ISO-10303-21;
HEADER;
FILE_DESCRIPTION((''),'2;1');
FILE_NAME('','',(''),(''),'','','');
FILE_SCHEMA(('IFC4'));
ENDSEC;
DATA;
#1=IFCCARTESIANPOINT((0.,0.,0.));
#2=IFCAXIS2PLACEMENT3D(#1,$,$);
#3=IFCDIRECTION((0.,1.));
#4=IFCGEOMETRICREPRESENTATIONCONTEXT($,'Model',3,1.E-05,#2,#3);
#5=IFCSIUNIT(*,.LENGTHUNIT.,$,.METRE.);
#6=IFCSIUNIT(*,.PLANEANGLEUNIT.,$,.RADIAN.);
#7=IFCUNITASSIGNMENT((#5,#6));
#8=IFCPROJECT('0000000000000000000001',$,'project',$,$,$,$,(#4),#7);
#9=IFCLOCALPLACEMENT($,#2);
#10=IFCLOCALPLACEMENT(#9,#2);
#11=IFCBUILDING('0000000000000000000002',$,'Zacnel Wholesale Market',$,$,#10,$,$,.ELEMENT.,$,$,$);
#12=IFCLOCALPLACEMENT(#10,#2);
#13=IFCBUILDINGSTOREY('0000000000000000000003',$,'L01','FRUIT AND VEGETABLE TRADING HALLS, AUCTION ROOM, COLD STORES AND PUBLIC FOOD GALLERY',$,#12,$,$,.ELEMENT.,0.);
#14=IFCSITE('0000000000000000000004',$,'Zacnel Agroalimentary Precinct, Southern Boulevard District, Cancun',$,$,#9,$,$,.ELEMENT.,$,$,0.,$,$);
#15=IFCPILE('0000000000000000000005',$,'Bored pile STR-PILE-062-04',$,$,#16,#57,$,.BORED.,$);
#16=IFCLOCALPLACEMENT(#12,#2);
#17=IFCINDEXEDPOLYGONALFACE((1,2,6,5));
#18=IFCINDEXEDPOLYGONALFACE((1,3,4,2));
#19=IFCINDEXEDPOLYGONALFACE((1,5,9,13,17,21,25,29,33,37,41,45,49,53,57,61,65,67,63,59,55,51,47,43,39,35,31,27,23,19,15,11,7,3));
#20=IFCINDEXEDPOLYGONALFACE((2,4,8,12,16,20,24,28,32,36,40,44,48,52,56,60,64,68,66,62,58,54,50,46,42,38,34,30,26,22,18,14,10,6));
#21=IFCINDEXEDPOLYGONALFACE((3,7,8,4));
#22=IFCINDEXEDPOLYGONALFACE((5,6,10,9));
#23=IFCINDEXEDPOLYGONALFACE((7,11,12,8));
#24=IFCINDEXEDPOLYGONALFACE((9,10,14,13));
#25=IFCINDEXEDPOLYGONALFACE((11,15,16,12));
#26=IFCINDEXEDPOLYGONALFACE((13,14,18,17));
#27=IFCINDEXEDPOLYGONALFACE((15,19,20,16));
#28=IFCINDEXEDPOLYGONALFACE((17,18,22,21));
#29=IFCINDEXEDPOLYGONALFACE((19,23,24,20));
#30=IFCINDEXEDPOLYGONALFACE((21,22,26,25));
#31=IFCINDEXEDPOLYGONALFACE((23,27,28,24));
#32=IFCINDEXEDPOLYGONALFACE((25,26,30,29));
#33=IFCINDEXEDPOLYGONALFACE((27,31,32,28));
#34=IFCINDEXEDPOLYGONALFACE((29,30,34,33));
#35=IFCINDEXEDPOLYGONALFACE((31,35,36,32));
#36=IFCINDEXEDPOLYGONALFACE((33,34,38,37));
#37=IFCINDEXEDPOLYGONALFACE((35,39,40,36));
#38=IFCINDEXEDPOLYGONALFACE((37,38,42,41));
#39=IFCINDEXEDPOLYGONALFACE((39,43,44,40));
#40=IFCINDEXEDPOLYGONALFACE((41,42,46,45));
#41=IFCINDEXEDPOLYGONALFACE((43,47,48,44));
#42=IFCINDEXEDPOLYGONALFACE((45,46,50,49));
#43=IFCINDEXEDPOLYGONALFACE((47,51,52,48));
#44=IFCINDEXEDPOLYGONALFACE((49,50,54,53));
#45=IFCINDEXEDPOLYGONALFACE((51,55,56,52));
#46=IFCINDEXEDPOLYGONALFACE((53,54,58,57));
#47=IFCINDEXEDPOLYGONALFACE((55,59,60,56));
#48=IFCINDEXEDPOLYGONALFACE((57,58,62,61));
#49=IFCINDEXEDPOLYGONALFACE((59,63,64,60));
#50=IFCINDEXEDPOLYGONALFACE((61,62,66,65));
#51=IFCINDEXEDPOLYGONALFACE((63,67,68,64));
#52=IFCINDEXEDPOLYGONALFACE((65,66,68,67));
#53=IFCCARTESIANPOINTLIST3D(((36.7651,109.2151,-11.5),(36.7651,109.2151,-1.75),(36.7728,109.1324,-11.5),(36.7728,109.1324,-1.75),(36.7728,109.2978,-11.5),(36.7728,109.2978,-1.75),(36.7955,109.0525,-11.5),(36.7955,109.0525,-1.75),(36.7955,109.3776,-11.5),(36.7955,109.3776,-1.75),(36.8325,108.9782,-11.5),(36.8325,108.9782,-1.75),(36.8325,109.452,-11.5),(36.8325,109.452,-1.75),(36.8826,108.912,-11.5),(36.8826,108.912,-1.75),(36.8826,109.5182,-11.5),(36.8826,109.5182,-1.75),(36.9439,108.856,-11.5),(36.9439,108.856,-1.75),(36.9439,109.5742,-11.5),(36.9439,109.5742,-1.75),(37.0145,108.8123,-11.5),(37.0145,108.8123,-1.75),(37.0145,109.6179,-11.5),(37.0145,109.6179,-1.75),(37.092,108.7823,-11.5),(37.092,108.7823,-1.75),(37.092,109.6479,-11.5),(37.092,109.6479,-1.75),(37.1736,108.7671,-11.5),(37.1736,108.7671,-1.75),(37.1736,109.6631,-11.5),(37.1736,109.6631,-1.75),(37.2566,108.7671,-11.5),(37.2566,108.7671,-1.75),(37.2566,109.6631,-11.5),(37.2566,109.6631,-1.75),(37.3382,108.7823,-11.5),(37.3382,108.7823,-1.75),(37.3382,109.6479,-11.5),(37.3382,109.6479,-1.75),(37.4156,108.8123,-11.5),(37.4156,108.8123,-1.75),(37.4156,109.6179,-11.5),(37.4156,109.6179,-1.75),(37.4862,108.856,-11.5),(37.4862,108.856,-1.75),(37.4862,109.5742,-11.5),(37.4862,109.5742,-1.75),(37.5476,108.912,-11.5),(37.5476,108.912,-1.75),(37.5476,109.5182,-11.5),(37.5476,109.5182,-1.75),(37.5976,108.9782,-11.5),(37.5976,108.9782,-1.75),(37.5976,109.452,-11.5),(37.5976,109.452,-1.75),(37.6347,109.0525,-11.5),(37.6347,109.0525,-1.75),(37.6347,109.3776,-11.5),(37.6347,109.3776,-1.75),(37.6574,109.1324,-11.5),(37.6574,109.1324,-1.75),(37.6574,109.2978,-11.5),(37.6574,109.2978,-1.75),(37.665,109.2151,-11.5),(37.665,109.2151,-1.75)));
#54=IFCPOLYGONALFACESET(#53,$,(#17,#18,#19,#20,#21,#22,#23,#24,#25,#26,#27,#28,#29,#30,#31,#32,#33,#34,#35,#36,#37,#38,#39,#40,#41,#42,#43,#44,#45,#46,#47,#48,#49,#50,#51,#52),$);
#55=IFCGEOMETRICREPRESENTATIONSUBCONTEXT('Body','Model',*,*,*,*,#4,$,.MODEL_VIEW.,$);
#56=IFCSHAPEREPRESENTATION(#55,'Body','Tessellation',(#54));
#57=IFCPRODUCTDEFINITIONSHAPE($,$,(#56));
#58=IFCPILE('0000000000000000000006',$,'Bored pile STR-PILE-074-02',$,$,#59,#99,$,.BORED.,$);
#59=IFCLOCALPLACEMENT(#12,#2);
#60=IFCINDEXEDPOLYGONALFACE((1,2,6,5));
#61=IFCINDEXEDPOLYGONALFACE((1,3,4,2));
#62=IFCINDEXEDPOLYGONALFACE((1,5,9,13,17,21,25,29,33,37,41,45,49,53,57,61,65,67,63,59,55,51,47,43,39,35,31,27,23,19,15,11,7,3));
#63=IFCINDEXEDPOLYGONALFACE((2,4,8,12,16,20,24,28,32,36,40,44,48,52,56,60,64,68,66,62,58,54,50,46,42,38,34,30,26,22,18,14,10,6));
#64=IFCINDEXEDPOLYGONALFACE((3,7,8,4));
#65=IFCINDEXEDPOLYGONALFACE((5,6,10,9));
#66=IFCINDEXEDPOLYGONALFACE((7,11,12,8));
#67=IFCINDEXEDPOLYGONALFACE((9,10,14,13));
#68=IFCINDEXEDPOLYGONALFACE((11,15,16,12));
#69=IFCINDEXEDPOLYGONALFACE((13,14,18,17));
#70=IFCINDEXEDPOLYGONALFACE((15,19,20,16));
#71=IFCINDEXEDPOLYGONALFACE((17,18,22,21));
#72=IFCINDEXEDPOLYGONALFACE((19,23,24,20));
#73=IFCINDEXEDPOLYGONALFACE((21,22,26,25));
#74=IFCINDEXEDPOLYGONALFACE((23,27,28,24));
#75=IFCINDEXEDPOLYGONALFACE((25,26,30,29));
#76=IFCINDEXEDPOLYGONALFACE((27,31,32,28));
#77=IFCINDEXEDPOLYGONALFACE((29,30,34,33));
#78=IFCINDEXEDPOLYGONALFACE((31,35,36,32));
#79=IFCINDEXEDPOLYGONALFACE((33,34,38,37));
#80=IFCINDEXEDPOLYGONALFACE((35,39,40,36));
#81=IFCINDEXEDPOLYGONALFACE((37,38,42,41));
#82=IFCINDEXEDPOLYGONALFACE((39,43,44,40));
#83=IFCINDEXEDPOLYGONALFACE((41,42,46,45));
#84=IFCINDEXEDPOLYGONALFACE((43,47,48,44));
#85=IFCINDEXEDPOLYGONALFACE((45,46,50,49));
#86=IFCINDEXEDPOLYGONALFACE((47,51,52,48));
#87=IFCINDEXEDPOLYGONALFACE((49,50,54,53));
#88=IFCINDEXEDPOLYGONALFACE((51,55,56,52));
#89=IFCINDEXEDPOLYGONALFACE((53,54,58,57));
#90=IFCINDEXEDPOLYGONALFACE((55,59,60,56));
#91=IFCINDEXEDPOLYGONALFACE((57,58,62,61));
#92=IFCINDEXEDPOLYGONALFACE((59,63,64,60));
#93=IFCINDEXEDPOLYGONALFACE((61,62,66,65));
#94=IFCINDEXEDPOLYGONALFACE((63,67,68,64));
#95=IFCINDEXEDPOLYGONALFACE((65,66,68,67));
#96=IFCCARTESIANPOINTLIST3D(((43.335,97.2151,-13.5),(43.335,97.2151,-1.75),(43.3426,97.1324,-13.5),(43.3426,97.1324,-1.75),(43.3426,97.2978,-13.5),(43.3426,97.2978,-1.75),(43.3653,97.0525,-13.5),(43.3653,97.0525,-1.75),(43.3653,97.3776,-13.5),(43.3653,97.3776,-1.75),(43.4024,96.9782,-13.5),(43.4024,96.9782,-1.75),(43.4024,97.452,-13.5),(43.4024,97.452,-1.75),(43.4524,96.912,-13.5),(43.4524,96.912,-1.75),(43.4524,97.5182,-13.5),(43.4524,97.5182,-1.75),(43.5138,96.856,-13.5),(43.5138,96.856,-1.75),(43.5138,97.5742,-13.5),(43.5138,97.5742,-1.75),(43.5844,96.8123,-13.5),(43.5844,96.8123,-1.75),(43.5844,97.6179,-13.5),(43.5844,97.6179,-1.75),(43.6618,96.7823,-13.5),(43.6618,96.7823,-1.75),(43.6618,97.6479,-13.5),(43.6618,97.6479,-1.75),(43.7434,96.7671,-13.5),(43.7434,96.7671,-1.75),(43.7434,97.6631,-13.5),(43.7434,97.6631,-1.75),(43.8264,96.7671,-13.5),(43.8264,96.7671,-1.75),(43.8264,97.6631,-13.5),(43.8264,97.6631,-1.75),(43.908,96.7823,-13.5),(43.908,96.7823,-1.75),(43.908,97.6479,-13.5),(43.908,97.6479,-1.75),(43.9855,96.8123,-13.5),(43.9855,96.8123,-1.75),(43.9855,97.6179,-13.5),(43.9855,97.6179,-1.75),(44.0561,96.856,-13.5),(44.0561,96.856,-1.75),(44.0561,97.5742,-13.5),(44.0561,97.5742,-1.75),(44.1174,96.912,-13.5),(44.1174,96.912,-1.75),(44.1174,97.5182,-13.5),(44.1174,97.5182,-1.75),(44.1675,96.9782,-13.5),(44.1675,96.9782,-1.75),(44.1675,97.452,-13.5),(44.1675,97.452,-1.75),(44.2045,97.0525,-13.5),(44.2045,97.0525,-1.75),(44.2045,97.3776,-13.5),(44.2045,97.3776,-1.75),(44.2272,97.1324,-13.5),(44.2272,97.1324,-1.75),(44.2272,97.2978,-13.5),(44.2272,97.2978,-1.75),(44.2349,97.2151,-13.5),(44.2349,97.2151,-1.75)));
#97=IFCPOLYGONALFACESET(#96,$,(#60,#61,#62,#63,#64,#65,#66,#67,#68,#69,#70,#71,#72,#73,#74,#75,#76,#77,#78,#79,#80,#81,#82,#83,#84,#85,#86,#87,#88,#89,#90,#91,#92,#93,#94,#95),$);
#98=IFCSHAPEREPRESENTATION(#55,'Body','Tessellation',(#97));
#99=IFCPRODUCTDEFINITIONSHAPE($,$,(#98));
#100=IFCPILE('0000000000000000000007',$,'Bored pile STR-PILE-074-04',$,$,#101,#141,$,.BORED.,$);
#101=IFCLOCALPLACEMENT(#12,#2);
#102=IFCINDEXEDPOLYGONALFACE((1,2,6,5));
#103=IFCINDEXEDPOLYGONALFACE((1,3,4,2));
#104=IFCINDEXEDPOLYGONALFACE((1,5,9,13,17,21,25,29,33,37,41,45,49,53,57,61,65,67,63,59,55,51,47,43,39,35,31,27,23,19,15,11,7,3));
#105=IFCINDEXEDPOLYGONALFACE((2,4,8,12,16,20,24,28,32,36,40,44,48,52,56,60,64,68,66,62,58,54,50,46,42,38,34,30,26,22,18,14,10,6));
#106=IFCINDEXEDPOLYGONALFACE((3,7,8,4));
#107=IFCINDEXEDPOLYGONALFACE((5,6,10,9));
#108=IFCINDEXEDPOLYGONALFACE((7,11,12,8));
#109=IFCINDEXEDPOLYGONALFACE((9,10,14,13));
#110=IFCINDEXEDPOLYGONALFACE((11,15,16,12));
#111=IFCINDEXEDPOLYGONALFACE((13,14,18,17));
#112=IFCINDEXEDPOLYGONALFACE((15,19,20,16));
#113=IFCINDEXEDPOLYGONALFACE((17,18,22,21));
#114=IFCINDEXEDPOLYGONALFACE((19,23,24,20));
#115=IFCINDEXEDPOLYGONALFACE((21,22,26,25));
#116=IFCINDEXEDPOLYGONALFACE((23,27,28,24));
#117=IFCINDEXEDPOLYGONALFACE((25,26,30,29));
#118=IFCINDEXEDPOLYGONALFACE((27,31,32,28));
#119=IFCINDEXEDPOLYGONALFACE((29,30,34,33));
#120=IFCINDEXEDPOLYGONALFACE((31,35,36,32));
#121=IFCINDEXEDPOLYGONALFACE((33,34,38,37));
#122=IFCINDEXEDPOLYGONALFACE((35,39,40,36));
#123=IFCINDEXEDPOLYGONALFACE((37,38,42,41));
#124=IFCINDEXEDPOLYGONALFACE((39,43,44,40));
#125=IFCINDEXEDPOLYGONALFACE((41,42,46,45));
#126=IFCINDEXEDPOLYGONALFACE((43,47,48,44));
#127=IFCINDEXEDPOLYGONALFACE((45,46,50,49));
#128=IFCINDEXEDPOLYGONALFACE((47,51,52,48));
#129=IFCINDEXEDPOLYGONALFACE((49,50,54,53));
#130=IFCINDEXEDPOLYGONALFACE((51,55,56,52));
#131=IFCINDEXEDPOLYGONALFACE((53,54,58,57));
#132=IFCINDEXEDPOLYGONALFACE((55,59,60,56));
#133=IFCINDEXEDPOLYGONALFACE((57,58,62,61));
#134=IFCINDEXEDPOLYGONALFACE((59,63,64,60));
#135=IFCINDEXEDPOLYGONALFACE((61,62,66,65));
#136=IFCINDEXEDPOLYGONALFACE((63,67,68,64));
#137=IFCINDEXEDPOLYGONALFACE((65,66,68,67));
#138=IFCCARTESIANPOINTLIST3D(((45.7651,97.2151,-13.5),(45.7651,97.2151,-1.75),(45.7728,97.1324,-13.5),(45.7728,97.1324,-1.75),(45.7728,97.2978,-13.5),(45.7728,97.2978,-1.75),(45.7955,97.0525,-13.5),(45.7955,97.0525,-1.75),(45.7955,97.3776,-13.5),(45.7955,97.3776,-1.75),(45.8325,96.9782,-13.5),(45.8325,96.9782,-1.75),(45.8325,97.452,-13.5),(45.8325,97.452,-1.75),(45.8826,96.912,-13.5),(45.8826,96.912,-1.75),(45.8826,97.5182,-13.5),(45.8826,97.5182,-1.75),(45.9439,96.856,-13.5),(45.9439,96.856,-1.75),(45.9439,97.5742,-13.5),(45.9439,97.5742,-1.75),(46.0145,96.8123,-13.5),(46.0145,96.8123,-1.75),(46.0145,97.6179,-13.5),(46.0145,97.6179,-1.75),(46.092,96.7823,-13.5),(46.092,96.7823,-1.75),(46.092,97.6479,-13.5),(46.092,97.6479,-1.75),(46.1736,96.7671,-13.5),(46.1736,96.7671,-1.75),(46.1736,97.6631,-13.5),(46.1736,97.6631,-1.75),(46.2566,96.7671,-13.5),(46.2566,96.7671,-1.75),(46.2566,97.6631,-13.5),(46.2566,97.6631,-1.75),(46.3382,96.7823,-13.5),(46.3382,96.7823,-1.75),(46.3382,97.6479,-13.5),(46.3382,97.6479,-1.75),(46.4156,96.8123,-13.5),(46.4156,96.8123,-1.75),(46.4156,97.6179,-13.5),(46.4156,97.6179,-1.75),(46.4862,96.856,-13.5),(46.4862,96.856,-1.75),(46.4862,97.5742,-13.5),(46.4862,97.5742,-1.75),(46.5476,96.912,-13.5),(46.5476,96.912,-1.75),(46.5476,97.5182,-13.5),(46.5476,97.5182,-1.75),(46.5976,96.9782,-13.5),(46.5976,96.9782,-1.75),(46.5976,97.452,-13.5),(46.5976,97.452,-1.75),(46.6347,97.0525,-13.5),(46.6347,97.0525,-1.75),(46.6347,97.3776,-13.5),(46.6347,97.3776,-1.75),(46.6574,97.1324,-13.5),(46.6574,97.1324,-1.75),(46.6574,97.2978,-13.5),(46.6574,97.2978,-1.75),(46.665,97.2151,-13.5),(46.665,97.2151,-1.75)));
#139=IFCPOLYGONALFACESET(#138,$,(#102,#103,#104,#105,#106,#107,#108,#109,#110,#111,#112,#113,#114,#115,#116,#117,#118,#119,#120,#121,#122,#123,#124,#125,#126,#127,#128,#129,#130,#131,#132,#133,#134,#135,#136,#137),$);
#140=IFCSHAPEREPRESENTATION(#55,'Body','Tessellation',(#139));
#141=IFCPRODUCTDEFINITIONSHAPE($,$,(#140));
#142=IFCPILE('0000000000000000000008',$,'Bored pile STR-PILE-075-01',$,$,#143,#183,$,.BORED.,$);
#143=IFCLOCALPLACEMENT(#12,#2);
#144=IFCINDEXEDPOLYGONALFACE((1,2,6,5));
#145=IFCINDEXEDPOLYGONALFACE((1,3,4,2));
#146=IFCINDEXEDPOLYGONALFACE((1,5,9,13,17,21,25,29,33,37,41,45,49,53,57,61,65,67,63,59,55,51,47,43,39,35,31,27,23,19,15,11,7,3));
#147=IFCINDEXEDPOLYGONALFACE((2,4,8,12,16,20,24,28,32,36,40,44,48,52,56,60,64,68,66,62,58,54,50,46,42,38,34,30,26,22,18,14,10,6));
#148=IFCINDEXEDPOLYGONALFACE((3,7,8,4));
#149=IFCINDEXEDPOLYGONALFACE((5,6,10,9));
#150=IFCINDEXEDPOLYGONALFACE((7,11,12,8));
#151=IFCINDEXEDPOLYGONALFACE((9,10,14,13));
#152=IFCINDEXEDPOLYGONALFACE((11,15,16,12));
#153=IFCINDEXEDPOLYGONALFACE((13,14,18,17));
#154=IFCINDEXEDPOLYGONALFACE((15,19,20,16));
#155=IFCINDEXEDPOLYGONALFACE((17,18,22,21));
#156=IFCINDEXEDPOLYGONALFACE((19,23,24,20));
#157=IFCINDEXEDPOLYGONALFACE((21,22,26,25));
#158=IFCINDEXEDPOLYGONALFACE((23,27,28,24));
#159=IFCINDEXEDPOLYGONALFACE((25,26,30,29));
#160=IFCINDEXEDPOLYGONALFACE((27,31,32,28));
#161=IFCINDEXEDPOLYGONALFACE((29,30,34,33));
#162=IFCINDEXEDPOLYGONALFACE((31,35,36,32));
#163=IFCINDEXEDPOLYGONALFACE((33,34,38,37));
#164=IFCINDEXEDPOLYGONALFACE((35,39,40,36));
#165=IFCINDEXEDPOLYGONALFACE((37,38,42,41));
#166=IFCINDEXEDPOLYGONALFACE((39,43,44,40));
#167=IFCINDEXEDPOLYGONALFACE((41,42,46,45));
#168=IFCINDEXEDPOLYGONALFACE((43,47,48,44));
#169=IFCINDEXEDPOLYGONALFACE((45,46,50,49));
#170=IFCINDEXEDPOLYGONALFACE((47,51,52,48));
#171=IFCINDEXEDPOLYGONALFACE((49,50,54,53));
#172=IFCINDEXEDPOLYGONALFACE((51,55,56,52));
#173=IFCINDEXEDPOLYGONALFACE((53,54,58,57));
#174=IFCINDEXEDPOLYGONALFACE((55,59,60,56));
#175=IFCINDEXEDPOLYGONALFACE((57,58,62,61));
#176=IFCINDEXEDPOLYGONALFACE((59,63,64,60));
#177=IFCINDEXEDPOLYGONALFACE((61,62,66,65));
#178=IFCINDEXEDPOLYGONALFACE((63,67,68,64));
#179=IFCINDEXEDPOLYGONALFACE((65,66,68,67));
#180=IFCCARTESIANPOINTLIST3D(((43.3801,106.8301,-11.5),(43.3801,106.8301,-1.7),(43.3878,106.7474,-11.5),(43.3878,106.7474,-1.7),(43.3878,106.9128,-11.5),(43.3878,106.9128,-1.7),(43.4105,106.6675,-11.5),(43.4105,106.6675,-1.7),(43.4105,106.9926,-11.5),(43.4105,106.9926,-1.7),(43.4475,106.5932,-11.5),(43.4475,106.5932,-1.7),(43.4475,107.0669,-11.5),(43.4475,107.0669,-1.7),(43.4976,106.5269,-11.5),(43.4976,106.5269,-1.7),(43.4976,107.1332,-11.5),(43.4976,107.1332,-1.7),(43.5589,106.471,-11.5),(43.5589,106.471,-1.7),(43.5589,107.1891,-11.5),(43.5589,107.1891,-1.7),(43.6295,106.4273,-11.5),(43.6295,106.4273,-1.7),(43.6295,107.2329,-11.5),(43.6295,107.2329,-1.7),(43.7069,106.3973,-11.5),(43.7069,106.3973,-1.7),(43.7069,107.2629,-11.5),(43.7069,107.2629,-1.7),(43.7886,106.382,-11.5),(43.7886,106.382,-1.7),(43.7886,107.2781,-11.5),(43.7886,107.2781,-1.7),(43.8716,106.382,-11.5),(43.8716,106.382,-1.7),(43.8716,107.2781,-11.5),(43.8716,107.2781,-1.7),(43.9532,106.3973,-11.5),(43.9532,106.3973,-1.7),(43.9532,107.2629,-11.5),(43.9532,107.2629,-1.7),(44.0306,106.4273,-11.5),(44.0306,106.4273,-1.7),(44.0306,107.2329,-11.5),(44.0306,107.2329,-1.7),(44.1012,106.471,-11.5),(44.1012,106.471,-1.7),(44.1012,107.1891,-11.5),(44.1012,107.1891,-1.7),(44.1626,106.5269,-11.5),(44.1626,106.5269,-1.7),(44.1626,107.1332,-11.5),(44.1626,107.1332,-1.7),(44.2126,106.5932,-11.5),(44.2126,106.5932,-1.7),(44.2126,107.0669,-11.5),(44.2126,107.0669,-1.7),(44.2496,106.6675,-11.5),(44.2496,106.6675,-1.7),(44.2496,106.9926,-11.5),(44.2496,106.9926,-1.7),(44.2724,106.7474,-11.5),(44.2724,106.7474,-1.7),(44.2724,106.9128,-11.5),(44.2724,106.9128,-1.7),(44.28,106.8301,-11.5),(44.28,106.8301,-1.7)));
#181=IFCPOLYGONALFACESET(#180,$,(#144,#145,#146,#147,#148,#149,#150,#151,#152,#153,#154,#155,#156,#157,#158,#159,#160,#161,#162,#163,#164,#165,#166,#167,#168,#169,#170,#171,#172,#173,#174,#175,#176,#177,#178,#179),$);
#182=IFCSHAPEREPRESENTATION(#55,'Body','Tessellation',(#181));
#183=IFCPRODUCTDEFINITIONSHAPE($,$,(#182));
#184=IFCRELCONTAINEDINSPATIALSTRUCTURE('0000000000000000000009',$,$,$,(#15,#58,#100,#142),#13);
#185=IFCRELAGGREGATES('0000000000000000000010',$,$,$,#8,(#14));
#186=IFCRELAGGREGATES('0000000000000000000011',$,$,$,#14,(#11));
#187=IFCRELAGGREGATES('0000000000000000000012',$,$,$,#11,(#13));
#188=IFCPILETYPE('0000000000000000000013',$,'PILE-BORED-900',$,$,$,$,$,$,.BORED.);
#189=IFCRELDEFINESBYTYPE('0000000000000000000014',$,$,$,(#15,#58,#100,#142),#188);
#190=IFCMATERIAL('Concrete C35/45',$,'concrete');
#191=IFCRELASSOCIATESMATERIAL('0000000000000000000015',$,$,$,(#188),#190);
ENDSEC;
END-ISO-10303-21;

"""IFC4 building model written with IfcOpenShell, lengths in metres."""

from ifc_helpers import new_model, si_unit, direction, frame, origin, origin_2d, place, context, subcontext, project, spatial, circle, extrude, material, material_profile, profile_set, type_object, element, save


model = new_model("IFC4")

# Units and contexts
model_context = context("Model", 3, precision=1e-05, world=origin(), true_north=direction((0.0, 1.0)))
body_context = subcontext(model_context, "Body", "Model", "MODEL_VIEW")
ifc_project = project(units=[si_unit("LENGTHUNIT", "METRE"), si_unit("PLANEANGLEUNIT", "RADIAN")], contexts=[model_context])

# Site, building, storey
site_placement = place(None, origin())
site = spatial("IfcSite", under=ifc_project, at=site_placement, Name="Zacnel Agroalimentary Precinct, Southern Boulevard District, Cancun", CompositionType="ELEMENT", RefElevation=0.0)
building_placement = place(site_placement, origin())
building = spatial("IfcBuilding", under=site, at=building_placement, Name="Zacnel Wholesale Market", CompositionType="ELEMENT")
storey_placement = place(building_placement, origin())
storey = spatial("IfcBuildingStorey", under=building, at=storey_placement, Name="L01", Description="FRUIT AND VEGETABLE TRADING HALLS, AUCTION ROOM, COLD STORES AND PUBLIC FOOD GALLERY", CompositionType="ELEMENT", Elevation=0.0)

# Piles
ifc_material_1 = material(Name="Concrete C35/45", Category="concrete")
ifc_material_profile_1 = material_profile(ifc_material_1, circle(Radius=0.45, at=origin_2d()), Name="BORED PILE D900")
ifc_profile_set_1 = profile_set([ifc_material_profile_1], Name="Concrete C35/45")
pile_type = type_object("IfcPileType", Name="PILE-BORED-900", PredefinedType="BORED", material=ifc_profile_set_1)
for number, where, z_axis, x_axis, name in (
    (1, (37.2151, 109.2151, -1.75), (0.0, 0.0, -1.0), (1.0, 0.0, 0.0), "Bored pile STR-PILE-062-04"),
):
    element("IfcPile", number, at=place(storey_placement, frame(where, z_axis=z_axis, x_axis=x_axis)), inside=storey, type_object=pile_type, Name=name, PredefinedType="BORED", context=body_context, shape_type="SweptSolid", body=[
        extrude(circle(Radius=0.45, at=origin_2d()), origin(), (0.0, 0.0, 1.0), 9.75),
    ])
for number, where, z_axis, x_axis, name in (
    (2, (43.7849, 97.2151, -1.75), (0.0, 0.0, -1.0), (1.0, 0.0, 0.0), "Bored pile STR-PILE-074-02"),
    (3, (46.2151, 97.2151, -1.75), (0.0, 0.0, -1.0), (1.0, 0.0, 0.0), "Bored pile STR-PILE-074-04"),
):
    element("IfcPile", number, at=place(storey_placement, frame(where, z_axis=z_axis, x_axis=x_axis)), inside=storey, type_object=pile_type, Name=name, PredefinedType="BORED", context=body_context, shape_type="SweptSolid", body=[
        extrude(circle(Radius=0.45, at=origin_2d()), origin(), (0.0, 0.0, 1.0), 11.75),
    ])
for number, where, z_axis, x_axis, name in (
    (4, (43.8301, 106.8301, -1.7), (0.0, 0.0, -1.0), (1.0, 0.0, 0.0), "Bored pile STR-PILE-075-01"),
):
    element("IfcPile", number, at=place(storey_placement, frame(where, z_axis=z_axis, x_axis=x_axis)), inside=storey, type_object=pile_type, Name=name, PredefinedType="BORED", context=body_context, shape_type="SweptSolid", body=[
        extrude(circle(Radius=0.45, at=origin_2d()), origin(), (0.0, 0.0, 1.0), 9.8),
    ])

save(model, "model.ifc")
